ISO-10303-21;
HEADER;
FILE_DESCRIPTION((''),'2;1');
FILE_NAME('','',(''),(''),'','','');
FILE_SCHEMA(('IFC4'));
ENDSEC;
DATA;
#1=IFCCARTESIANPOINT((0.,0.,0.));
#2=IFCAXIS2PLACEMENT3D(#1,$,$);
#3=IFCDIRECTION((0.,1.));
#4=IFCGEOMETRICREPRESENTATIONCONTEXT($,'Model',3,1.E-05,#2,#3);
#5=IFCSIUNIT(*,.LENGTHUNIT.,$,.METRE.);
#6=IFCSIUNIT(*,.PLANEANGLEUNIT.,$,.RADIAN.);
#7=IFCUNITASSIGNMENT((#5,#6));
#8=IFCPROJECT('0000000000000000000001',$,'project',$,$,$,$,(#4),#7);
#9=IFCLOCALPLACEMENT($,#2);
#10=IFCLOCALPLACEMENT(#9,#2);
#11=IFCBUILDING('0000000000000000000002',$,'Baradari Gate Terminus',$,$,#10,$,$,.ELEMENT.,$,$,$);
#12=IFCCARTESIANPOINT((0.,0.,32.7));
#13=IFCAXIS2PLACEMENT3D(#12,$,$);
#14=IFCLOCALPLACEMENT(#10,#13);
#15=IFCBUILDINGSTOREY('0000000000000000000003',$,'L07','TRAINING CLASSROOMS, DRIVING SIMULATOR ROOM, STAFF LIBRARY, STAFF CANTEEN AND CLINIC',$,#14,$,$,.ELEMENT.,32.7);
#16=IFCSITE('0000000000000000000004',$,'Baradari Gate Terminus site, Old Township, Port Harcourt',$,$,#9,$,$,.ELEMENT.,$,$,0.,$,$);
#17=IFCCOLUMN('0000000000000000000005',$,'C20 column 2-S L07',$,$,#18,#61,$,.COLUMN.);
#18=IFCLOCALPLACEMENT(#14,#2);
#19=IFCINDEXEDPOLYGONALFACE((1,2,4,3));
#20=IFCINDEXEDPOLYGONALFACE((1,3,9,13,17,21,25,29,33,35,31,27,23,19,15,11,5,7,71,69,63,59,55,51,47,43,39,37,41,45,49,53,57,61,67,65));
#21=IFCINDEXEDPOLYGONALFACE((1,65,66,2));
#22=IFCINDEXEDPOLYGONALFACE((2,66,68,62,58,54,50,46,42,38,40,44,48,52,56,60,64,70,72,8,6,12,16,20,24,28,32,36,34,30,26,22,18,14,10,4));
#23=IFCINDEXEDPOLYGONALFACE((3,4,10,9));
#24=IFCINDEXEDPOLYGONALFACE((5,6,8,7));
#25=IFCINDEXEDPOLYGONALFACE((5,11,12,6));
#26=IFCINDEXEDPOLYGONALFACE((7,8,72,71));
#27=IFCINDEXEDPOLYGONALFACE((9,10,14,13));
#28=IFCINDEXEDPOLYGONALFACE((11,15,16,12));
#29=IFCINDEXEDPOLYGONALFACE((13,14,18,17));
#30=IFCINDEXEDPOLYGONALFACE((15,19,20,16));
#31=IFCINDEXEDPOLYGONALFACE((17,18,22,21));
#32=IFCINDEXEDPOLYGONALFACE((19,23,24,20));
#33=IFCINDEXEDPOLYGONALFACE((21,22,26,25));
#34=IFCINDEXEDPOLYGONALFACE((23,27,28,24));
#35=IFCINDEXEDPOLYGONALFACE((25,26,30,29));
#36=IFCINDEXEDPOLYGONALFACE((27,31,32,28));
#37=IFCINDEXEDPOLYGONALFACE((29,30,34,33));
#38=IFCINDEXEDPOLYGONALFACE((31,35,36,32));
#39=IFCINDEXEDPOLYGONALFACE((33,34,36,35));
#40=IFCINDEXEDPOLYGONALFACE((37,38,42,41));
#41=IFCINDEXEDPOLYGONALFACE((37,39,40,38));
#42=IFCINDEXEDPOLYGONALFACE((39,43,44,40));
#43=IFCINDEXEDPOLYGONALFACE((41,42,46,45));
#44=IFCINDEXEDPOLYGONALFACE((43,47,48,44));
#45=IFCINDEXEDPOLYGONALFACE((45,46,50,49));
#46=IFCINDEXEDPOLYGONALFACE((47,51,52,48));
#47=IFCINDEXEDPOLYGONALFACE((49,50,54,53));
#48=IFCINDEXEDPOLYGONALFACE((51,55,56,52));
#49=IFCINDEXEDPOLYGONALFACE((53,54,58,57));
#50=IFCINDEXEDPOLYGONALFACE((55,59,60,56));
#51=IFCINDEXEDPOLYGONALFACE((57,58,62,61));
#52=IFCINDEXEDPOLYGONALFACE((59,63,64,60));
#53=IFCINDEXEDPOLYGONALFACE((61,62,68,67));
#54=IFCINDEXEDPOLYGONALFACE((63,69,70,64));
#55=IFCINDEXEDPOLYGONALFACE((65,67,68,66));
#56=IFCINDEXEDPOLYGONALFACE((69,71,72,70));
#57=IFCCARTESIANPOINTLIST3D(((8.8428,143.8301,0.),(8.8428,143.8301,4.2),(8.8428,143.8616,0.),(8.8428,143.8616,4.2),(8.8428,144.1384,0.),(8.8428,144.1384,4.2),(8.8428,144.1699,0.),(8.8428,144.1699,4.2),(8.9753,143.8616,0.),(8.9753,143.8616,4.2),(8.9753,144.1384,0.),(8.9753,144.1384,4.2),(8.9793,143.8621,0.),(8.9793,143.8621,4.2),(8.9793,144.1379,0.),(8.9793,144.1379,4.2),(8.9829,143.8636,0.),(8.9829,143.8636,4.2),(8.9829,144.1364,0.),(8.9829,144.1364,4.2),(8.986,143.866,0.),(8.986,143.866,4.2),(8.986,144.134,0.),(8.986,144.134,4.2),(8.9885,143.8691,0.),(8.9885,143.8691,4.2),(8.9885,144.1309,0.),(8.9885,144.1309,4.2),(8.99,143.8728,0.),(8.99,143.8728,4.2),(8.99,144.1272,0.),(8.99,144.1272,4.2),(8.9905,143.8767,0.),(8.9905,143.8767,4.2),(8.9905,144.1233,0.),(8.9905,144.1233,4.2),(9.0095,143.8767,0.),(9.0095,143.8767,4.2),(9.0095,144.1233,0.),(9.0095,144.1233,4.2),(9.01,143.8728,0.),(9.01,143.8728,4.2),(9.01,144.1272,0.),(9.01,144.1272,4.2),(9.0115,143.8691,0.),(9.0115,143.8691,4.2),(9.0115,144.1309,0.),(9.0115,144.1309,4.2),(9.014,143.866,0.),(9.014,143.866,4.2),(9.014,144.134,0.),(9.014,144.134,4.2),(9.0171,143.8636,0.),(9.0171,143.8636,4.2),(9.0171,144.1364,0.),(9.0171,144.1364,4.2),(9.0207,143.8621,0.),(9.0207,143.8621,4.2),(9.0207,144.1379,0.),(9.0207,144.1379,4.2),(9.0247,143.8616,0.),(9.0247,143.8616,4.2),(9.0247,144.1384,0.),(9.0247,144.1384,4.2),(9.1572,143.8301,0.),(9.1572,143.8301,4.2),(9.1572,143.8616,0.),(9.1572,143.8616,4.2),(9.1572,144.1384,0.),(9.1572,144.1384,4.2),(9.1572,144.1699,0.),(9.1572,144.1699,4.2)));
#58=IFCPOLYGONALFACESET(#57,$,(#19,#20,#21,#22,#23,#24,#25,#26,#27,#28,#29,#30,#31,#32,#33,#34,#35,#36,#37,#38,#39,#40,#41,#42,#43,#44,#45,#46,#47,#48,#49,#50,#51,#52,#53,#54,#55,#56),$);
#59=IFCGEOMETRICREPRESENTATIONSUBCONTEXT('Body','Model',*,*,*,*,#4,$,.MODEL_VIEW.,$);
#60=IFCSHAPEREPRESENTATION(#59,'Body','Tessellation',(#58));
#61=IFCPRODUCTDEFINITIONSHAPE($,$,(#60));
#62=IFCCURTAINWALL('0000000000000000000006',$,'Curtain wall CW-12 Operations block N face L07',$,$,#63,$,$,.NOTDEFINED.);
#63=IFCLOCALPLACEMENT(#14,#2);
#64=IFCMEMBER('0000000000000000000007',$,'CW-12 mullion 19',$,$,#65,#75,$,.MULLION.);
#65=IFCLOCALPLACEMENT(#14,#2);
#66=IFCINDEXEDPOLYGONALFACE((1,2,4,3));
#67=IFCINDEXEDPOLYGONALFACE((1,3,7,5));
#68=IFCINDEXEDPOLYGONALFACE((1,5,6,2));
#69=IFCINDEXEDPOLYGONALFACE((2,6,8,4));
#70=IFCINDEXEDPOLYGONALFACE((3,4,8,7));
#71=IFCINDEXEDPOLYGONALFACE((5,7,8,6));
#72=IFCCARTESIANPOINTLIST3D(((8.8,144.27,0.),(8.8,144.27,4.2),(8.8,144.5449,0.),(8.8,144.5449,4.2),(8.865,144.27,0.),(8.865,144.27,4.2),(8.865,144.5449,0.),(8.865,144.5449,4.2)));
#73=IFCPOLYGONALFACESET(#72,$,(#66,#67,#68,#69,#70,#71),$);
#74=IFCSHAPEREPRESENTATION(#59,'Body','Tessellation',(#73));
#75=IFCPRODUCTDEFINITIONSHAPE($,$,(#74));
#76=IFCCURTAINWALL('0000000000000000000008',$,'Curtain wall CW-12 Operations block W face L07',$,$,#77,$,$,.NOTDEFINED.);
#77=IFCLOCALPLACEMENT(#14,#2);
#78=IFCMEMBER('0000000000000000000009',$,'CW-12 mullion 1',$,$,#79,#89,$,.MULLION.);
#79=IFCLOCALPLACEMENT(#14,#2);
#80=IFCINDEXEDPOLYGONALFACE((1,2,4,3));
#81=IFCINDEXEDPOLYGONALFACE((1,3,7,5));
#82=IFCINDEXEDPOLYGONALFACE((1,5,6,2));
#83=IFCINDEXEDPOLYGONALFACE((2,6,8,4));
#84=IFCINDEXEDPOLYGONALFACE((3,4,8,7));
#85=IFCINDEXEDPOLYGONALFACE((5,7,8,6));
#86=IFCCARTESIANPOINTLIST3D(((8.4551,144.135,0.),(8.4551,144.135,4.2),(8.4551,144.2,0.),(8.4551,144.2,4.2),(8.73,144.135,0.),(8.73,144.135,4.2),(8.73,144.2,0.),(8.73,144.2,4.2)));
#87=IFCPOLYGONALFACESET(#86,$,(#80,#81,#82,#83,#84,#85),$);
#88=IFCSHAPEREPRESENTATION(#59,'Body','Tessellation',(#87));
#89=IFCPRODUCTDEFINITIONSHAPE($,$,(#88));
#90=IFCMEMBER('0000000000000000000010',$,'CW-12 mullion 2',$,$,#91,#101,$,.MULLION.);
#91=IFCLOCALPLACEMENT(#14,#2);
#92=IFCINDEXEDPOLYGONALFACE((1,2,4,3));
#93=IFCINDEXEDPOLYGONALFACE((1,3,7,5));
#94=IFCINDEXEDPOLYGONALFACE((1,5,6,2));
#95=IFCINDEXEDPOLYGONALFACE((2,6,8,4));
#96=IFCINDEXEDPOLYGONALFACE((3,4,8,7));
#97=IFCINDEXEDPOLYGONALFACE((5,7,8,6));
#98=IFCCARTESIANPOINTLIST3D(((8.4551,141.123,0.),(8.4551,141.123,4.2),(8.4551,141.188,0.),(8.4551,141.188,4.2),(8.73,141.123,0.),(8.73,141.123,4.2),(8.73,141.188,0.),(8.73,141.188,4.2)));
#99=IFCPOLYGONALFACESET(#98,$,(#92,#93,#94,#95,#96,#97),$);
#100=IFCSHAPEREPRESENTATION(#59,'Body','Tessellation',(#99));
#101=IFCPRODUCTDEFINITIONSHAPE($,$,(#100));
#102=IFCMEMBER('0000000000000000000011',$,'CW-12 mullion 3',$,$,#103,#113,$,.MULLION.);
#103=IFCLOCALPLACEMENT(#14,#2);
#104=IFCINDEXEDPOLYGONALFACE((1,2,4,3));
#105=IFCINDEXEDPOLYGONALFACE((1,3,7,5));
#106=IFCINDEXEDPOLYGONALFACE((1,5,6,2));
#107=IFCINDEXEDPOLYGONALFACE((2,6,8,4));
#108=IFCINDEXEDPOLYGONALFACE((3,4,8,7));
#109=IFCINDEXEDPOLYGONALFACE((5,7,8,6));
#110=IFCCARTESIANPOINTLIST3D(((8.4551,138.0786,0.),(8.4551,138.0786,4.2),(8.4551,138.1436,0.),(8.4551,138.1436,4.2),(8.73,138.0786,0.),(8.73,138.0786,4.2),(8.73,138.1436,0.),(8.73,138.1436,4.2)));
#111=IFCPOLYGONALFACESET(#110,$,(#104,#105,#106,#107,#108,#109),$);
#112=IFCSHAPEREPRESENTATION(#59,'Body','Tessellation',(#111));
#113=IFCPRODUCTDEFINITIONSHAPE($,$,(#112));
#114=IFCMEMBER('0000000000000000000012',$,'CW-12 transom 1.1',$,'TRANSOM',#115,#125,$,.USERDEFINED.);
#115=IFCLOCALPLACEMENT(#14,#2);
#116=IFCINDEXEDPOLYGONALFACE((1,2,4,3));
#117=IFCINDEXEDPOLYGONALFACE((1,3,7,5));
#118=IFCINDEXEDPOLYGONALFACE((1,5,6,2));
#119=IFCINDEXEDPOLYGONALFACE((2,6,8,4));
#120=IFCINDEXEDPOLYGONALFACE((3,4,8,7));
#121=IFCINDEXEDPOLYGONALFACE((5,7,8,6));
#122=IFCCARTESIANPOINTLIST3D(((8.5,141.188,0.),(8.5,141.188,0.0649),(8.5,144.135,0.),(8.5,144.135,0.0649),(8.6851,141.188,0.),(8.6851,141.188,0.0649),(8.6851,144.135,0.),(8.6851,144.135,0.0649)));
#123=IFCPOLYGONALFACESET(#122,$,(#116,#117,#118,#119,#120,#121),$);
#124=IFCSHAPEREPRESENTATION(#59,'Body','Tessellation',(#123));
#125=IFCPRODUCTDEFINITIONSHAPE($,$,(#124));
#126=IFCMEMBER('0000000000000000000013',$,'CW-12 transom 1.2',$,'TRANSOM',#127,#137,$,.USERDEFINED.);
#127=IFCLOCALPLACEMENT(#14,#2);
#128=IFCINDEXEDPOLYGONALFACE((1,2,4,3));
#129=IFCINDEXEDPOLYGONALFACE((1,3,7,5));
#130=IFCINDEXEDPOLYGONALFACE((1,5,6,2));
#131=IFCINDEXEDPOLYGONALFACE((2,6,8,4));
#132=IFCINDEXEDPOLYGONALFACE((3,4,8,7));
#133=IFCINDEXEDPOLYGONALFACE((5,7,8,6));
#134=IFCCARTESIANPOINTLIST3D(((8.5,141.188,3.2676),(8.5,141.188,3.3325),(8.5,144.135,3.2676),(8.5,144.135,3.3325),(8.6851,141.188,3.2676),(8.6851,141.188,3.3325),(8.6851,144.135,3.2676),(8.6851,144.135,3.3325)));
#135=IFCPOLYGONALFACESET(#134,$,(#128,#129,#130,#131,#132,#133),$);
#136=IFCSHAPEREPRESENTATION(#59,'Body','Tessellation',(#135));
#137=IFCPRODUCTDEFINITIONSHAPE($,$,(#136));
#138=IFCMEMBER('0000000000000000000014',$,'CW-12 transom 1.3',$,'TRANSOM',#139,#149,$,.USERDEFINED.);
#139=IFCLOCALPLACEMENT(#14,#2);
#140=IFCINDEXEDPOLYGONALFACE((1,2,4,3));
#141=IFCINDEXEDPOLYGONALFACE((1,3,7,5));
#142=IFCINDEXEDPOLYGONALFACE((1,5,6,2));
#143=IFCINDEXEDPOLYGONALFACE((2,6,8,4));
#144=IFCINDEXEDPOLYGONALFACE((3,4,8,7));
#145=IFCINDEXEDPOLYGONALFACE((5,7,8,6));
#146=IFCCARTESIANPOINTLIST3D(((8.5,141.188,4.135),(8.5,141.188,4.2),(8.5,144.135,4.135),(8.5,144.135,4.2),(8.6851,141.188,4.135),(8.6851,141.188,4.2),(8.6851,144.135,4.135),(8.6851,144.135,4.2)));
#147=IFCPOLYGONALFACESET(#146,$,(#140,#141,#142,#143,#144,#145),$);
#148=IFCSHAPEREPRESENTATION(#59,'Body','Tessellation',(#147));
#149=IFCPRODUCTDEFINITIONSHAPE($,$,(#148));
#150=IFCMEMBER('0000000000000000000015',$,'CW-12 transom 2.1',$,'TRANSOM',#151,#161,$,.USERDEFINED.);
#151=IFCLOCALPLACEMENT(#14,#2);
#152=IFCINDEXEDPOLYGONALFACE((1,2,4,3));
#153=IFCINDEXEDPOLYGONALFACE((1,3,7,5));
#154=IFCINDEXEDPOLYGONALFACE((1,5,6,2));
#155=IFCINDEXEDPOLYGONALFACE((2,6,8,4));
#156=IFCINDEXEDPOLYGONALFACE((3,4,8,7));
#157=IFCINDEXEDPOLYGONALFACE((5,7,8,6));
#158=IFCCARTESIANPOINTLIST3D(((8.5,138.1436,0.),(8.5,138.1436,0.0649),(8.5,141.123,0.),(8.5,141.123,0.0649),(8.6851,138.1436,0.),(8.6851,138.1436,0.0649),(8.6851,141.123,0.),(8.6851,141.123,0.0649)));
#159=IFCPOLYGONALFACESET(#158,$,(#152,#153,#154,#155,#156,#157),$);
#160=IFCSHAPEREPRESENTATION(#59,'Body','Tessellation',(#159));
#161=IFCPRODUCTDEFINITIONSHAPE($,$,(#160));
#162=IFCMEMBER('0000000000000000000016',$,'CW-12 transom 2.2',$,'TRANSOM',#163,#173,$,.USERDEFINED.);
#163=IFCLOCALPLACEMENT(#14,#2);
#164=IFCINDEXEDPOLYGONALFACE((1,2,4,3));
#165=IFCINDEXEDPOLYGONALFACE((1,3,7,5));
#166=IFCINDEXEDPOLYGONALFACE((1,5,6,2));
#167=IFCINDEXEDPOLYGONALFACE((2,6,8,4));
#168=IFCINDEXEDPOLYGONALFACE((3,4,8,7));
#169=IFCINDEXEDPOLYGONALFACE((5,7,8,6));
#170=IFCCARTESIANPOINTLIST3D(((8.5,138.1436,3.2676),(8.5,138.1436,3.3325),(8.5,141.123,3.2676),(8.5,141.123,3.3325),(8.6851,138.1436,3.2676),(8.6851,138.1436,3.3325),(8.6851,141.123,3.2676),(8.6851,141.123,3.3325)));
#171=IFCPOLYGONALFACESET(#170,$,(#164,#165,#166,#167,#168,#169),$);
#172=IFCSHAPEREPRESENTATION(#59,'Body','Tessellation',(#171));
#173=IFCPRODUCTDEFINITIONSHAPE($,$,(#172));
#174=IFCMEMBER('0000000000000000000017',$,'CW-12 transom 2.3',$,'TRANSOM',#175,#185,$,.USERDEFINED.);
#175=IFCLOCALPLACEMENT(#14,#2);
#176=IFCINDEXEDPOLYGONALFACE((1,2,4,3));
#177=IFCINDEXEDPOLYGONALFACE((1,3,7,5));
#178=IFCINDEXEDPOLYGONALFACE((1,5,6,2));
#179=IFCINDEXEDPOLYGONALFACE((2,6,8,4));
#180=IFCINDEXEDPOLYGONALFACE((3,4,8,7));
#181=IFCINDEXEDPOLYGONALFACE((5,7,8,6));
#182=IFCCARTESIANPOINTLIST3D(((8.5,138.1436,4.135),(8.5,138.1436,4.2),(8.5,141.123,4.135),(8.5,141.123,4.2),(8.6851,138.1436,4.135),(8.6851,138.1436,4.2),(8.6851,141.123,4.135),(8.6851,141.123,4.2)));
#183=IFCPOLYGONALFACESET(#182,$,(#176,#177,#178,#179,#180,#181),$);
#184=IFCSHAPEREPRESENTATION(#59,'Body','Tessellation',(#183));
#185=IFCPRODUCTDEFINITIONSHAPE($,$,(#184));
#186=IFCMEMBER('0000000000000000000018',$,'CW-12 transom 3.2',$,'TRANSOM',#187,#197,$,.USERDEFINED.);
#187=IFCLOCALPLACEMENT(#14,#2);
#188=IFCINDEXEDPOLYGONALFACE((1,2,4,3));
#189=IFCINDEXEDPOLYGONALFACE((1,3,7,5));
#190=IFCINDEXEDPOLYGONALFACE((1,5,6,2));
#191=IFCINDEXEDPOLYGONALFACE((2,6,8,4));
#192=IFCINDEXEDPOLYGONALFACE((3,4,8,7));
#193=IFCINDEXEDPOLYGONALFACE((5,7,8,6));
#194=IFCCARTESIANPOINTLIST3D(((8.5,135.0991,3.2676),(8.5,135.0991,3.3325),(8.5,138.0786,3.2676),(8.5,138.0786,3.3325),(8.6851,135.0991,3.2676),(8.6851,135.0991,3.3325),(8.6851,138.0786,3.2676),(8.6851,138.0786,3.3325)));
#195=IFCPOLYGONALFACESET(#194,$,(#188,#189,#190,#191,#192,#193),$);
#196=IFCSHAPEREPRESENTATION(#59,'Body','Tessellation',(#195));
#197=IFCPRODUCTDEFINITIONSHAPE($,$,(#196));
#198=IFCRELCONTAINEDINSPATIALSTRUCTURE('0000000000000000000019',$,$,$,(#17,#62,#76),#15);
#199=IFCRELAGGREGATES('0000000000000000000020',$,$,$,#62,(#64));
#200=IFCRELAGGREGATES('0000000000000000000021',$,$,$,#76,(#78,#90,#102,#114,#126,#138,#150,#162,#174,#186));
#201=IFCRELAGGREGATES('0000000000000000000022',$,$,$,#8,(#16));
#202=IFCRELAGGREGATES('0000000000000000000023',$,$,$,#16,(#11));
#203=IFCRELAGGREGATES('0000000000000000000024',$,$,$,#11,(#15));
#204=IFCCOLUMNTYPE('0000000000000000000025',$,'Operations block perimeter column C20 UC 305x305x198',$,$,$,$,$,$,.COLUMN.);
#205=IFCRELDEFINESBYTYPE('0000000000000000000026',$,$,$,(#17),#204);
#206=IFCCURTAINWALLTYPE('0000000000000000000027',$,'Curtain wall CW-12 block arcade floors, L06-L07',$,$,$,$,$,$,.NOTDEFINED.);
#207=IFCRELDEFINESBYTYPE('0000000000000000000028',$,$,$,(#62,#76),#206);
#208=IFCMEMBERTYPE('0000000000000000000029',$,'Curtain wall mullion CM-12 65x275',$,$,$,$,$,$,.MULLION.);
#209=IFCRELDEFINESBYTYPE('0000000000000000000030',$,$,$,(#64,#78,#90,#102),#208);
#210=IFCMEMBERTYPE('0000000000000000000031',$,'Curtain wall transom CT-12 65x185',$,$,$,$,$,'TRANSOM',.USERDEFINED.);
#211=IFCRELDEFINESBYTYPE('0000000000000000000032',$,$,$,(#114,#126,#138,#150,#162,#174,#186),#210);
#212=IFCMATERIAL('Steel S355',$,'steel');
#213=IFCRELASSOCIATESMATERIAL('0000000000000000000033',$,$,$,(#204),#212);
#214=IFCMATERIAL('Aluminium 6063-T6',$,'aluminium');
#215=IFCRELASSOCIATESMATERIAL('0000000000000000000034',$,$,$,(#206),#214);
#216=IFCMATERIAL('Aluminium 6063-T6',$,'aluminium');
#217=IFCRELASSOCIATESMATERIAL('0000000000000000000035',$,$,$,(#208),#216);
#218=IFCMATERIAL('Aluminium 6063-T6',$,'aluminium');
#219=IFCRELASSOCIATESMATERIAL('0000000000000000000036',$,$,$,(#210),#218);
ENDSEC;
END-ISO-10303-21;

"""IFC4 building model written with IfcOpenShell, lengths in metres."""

from ifc_helpers import new_model, si_unit, direction, frame, origin, origin_2d, place, context, subcontext, project, spatial, rectangle, i_section, extrude, material, material_profile, profile_set, type_object, element, aggregate, save


model = new_model("IFC4")

# Units and contexts
model_context = context("Model", 3, precision=1e-05, world=origin(), true_north=direction((0.0, 1.0)))
body_context = subcontext(model_context, "Body", "Model", "MODEL_VIEW")
ifc_project = project(units=[si_unit("LENGTHUNIT", "METRE"), si_unit("PLANEANGLEUNIT", "RADIAN")], contexts=[model_context])

# Site, building, storey
site_placement = place(None, origin())
site = spatial("IfcSite", under=ifc_project, at=site_placement, Name="Baradari Gate Terminus site, Old Township, Port Harcourt", CompositionType="ELEMENT", RefElevation=0.0)
building_placement = place(site_placement, origin())
building = spatial("IfcBuilding", under=site, at=building_placement, Name="Baradari Gate Terminus", CompositionType="ELEMENT")
storey_placement = place(building_placement, frame((0.0, 0.0, 32.7)))
storey = spatial("IfcBuildingStorey", under=building, at=storey_placement, Name="L07", Description="TRAINING CLASSROOMS, DRIVING SIMULATOR ROOM, STAFF LIBRARY, STAFF CANTEEN AND CLINIC", CompositionType="ELEMENT", Elevation=32.7)

# Column
ifc_material_1 = material(Name="Steel S355", Category="steel")
ifc_material_profile_1 = material_profile(ifc_material_1, i_section(OverallWidth=0.3145, OverallDepth=0.3398, WebThickness=0.019, FlangeThickness=0.0315, FilletRadius=0.0151, at=origin_2d()), Name="UC 305x305x198")
ifc_profile_set_1 = profile_set([ifc_material_profile_1], Name="Steel S355")
column_type = type_object("IfcColumnType", Name="Operations block perimeter column C20 UC 305x305x198", PredefinedType="COLUMN", material=ifc_profile_set_1)
column_placement = place(storey_placement, frame((9.0, 144.0, 0.0), z_axis=(0.0, 0.0, 1.0), x_axis=(1.0, 0.0, 0.0)))
element("IfcColumn", 1, at=column_placement, inside=storey, type_object=column_type, Name="C20 column 2-S L07", PredefinedType="COLUMN", context=body_context, shape_type="SweptSolid", body=[
    extrude(i_section(OverallWidth=0.3145, OverallDepth=0.3398, WebThickness=0.019, FlangeThickness=0.0315, FilletRadius=0.0151, at=origin_2d()), origin(), (0.0, 0.0, 1.0), 4.2),
])

# Curtain wall, member
ifc_material_2 = material(Name="Aluminium 6063-T6", Category="aluminium")
curtain_wall_type = type_object("IfcCurtainWallType", Name="Curtain wall CW-12 block arcade floors, L06-L07", PredefinedType="NOTDEFINED", material=ifc_material_2)
curtain_wall_1_placement = place(storey_placement, origin())
curtain_wall_1 = element("IfcCurtainWall", 2, at=curtain_wall_1_placement, inside=storey, type_object=curtain_wall_type, Name="Curtain wall CW-12 Operations block N face L07", PredefinedType="NOTDEFINED")
ifc_material_3 = material(Name="Aluminium 6063-T6", Category="aluminium")
ifc_material_profile_2 = material_profile(ifc_material_3, rectangle(XDim=0.2749, YDim=0.0649, at=origin_2d()), Name="CM-12 65X275")
ifc_profile_set_2 = profile_set([ifc_material_profile_2], Name="Aluminium 6063-T6")
member_type_1 = type_object("IfcMemberType", Name="Curtain wall mullion CM-12 65x275", PredefinedType="MULLION", material=ifc_profile_set_2)
member_1_placement = place(storey_placement, frame((8.8325, 144.4075, 0.0), z_axis=(0.0, 0.0, 1.0), x_axis=(0.0, -1.0, 0.0)))
member_1 = element("IfcMember", 3, at=member_1_placement, type_object=member_type_1, Name="CW-12 mullion 19", PredefinedType="MULLION", context=body_context, shape_type="SweptSolid", body=[
    extrude(rectangle(XDim=0.2749, YDim=0.0649, at=origin_2d()), origin(), (0.0, 0.0, 1.0), 4.2),
])
aggregate(curtain_wall_1, [member_1])

# Curtain wall, members
curtain_wall_2_placement = place(storey_placement, origin())
curtain_wall_2 = element("IfcCurtainWall", 4, at=curtain_wall_2_placement, inside=storey, type_object=curtain_wall_type, Name="Curtain wall CW-12 Operations block W face L07", PredefinedType="NOTDEFINED")
member_2_placement = place(storey_placement, frame((8.5925, 144.1675, 0.0), z_axis=(0.0, 0.0, 1.0), x_axis=(1.0, 0.0, 0.0)))
member_2 = element("IfcMember", 5, at=member_2_placement, type_object=member_type_1, Name="CW-12 mullion 1", PredefinedType="MULLION", context=body_context, shape_type="SweptSolid", body=[
    extrude(rectangle(XDim=0.2749, YDim=0.0649, at=origin_2d()), origin(), (0.0, 0.0, 1.0), 4.2),
])
member_3_placement = place(storey_placement, frame((8.5925, 141.1555, 0.0), z_axis=(0.0, 0.0, 1.0), x_axis=(1.0, 0.0, 0.0)))
member_3 = element("IfcMember", 6, at=member_3_placement, type_object=member_type_1, Name="CW-12 mullion 2", PredefinedType="MULLION", context=body_context, shape_type="SweptSolid", body=[
    extrude(rectangle(XDim=0.2749, YDim=0.0649, at=origin_2d()), origin(), (0.0, 0.0, 1.0), 4.2),
])
member_4_placement = place(storey_placement, frame((8.5925, 138.1111, 0.0), z_axis=(0.0, 0.0, 1.0), x_axis=(1.0, 0.0, 0.0)))
member_4 = element("IfcMember", 7, at=member_4_placement, type_object=member_type_1, Name="CW-12 mullion 3", PredefinedType="MULLION", context=body_context, shape_type="SweptSolid", body=[
    extrude(rectangle(XDim=0.2749, YDim=0.0649, at=origin_2d()), origin(), (0.0, 0.0, 1.0), 4.2),
])
ifc_material_4 = material(Name="Aluminium 6063-T6", Category="aluminium")
ifc_material_profile_3 = material_profile(ifc_material_4, rectangle(XDim=0.1851, YDim=0.0649, at=origin_2d()), Name="CT-12 65X185")
ifc_profile_set_3 = profile_set([ifc_material_profile_3], Name="Aluminium 6063-T6")
member_type_2 = type_object("IfcMemberType", Name="Curtain wall transom CT-12 65x185", ElementType="TRANSOM", PredefinedType="USERDEFINED", material=ifc_profile_set_3)
member_5_placement = place(storey_placement, frame((8.5925, 144.135, 0.0325), z_axis=(0.0, -1.0, 0.0), x_axis=(1.0, 0.0, 0.0)))
member_5 = element("IfcMember", 8, at=member_5_placement, type_object=member_type_2, Name="CW-12 transom 1.1", ObjectType="TRANSOM", PredefinedType="USERDEFINED", context=body_context, shape_type="SweptSolid", body=[
    extrude(rectangle(XDim=0.1851, YDim=0.0649, at=origin_2d()), origin(), (0.0, 0.0, 1.0), 2.947),
])
member_6_placement = place(storey_placement, frame((8.5925, 144.135, 3.3), z_axis=(0.0, -1.0, 0.0), x_axis=(1.0, 0.0, 0.0)))
member_6 = element("IfcMember", 9, at=member_6_placement, type_object=member_type_2, Name="CW-12 transom 1.2", ObjectType="TRANSOM", PredefinedType="USERDEFINED", context=body_context, shape_type="SweptSolid", body=[
    extrude(rectangle(XDim=0.1851, YDim=0.0649, at=origin_2d()), origin(), (0.0, 0.0, 1.0), 2.947),
])
member_7_placement = place(storey_placement, frame((8.5925, 144.135, 4.1675), z_axis=(0.0, -1.0, 0.0), x_axis=(1.0, 0.0, 0.0)))
member_7 = element("IfcMember", 10, at=member_7_placement, type_object=member_type_2, Name="CW-12 transom 1.3", ObjectType="TRANSOM", PredefinedType="USERDEFINED", context=body_context, shape_type="SweptSolid", body=[
    extrude(rectangle(XDim=0.1851, YDim=0.0649, at=origin_2d()), origin(), (0.0, 0.0, 1.0), 2.947),
])
member_8_placement = place(storey_placement, frame((8.5925, 141.123, 0.0325), z_axis=(0.0, -1.0, 0.0), x_axis=(1.0, 0.0, 0.0)))
member_8 = element("IfcMember", 11, at=member_8_placement, type_object=member_type_2, Name="CW-12 transom 2.1", ObjectType="TRANSOM", PredefinedType="USERDEFINED", context=body_context, shape_type="SweptSolid", body=[
    extrude(rectangle(XDim=0.1851, YDim=0.0649, at=origin_2d()), origin(), (0.0, 0.0, 1.0), 2.9795),
])
member_9_placement = place(storey_placement, frame((8.5925, 141.123, 3.3), z_axis=(0.0, -1.0, 0.0), x_axis=(1.0, 0.0, 0.0)))
member_9 = element("IfcMember", 12, at=member_9_placement, type_object=member_type_2, Name="CW-12 transom 2.2", ObjectType="TRANSOM", PredefinedType="USERDEFINED", context=body_context, shape_type="SweptSolid", body=[
    extrude(rectangle(XDim=0.1851, YDim=0.0649, at=origin_2d()), origin(), (0.0, 0.0, 1.0), 2.9795),
])
member_10_placement = place(storey_placement, frame((8.5925, 141.123, 4.1675), z_axis=(0.0, -1.0, 0.0), x_axis=(1.0, 0.0, 0.0)))
member_10 = element("IfcMember", 13, at=member_10_placement, type_object=member_type_2, Name="CW-12 transom 2.3", ObjectType="TRANSOM", PredefinedType="USERDEFINED", context=body_context, shape_type="SweptSolid", body=[
    extrude(rectangle(XDim=0.1851, YDim=0.0649, at=origin_2d()), origin(), (0.0, 0.0, 1.0), 2.9795),
])
member_11_placement = place(storey_placement, frame((8.5925, 138.0786, 3.3), z_axis=(0.0, -1.0, 0.0), x_axis=(1.0, 0.0, 0.0)))
member_11 = element("IfcMember", 14, at=member_11_placement, type_object=member_type_2, Name="CW-12 transom 3.2", ObjectType="TRANSOM", PredefinedType="USERDEFINED", context=body_context, shape_type="SweptSolid", body=[
    extrude(rectangle(XDim=0.1851, YDim=0.0649, at=origin_2d()), origin(), (0.0, 0.0, 1.0), 2.9795),
])

aggregate(curtain_wall_2, [member_2, member_3, member_4, member_5, member_6, member_7, member_8, member_9, member_10, member_11])

save(model, "model.ifc")
